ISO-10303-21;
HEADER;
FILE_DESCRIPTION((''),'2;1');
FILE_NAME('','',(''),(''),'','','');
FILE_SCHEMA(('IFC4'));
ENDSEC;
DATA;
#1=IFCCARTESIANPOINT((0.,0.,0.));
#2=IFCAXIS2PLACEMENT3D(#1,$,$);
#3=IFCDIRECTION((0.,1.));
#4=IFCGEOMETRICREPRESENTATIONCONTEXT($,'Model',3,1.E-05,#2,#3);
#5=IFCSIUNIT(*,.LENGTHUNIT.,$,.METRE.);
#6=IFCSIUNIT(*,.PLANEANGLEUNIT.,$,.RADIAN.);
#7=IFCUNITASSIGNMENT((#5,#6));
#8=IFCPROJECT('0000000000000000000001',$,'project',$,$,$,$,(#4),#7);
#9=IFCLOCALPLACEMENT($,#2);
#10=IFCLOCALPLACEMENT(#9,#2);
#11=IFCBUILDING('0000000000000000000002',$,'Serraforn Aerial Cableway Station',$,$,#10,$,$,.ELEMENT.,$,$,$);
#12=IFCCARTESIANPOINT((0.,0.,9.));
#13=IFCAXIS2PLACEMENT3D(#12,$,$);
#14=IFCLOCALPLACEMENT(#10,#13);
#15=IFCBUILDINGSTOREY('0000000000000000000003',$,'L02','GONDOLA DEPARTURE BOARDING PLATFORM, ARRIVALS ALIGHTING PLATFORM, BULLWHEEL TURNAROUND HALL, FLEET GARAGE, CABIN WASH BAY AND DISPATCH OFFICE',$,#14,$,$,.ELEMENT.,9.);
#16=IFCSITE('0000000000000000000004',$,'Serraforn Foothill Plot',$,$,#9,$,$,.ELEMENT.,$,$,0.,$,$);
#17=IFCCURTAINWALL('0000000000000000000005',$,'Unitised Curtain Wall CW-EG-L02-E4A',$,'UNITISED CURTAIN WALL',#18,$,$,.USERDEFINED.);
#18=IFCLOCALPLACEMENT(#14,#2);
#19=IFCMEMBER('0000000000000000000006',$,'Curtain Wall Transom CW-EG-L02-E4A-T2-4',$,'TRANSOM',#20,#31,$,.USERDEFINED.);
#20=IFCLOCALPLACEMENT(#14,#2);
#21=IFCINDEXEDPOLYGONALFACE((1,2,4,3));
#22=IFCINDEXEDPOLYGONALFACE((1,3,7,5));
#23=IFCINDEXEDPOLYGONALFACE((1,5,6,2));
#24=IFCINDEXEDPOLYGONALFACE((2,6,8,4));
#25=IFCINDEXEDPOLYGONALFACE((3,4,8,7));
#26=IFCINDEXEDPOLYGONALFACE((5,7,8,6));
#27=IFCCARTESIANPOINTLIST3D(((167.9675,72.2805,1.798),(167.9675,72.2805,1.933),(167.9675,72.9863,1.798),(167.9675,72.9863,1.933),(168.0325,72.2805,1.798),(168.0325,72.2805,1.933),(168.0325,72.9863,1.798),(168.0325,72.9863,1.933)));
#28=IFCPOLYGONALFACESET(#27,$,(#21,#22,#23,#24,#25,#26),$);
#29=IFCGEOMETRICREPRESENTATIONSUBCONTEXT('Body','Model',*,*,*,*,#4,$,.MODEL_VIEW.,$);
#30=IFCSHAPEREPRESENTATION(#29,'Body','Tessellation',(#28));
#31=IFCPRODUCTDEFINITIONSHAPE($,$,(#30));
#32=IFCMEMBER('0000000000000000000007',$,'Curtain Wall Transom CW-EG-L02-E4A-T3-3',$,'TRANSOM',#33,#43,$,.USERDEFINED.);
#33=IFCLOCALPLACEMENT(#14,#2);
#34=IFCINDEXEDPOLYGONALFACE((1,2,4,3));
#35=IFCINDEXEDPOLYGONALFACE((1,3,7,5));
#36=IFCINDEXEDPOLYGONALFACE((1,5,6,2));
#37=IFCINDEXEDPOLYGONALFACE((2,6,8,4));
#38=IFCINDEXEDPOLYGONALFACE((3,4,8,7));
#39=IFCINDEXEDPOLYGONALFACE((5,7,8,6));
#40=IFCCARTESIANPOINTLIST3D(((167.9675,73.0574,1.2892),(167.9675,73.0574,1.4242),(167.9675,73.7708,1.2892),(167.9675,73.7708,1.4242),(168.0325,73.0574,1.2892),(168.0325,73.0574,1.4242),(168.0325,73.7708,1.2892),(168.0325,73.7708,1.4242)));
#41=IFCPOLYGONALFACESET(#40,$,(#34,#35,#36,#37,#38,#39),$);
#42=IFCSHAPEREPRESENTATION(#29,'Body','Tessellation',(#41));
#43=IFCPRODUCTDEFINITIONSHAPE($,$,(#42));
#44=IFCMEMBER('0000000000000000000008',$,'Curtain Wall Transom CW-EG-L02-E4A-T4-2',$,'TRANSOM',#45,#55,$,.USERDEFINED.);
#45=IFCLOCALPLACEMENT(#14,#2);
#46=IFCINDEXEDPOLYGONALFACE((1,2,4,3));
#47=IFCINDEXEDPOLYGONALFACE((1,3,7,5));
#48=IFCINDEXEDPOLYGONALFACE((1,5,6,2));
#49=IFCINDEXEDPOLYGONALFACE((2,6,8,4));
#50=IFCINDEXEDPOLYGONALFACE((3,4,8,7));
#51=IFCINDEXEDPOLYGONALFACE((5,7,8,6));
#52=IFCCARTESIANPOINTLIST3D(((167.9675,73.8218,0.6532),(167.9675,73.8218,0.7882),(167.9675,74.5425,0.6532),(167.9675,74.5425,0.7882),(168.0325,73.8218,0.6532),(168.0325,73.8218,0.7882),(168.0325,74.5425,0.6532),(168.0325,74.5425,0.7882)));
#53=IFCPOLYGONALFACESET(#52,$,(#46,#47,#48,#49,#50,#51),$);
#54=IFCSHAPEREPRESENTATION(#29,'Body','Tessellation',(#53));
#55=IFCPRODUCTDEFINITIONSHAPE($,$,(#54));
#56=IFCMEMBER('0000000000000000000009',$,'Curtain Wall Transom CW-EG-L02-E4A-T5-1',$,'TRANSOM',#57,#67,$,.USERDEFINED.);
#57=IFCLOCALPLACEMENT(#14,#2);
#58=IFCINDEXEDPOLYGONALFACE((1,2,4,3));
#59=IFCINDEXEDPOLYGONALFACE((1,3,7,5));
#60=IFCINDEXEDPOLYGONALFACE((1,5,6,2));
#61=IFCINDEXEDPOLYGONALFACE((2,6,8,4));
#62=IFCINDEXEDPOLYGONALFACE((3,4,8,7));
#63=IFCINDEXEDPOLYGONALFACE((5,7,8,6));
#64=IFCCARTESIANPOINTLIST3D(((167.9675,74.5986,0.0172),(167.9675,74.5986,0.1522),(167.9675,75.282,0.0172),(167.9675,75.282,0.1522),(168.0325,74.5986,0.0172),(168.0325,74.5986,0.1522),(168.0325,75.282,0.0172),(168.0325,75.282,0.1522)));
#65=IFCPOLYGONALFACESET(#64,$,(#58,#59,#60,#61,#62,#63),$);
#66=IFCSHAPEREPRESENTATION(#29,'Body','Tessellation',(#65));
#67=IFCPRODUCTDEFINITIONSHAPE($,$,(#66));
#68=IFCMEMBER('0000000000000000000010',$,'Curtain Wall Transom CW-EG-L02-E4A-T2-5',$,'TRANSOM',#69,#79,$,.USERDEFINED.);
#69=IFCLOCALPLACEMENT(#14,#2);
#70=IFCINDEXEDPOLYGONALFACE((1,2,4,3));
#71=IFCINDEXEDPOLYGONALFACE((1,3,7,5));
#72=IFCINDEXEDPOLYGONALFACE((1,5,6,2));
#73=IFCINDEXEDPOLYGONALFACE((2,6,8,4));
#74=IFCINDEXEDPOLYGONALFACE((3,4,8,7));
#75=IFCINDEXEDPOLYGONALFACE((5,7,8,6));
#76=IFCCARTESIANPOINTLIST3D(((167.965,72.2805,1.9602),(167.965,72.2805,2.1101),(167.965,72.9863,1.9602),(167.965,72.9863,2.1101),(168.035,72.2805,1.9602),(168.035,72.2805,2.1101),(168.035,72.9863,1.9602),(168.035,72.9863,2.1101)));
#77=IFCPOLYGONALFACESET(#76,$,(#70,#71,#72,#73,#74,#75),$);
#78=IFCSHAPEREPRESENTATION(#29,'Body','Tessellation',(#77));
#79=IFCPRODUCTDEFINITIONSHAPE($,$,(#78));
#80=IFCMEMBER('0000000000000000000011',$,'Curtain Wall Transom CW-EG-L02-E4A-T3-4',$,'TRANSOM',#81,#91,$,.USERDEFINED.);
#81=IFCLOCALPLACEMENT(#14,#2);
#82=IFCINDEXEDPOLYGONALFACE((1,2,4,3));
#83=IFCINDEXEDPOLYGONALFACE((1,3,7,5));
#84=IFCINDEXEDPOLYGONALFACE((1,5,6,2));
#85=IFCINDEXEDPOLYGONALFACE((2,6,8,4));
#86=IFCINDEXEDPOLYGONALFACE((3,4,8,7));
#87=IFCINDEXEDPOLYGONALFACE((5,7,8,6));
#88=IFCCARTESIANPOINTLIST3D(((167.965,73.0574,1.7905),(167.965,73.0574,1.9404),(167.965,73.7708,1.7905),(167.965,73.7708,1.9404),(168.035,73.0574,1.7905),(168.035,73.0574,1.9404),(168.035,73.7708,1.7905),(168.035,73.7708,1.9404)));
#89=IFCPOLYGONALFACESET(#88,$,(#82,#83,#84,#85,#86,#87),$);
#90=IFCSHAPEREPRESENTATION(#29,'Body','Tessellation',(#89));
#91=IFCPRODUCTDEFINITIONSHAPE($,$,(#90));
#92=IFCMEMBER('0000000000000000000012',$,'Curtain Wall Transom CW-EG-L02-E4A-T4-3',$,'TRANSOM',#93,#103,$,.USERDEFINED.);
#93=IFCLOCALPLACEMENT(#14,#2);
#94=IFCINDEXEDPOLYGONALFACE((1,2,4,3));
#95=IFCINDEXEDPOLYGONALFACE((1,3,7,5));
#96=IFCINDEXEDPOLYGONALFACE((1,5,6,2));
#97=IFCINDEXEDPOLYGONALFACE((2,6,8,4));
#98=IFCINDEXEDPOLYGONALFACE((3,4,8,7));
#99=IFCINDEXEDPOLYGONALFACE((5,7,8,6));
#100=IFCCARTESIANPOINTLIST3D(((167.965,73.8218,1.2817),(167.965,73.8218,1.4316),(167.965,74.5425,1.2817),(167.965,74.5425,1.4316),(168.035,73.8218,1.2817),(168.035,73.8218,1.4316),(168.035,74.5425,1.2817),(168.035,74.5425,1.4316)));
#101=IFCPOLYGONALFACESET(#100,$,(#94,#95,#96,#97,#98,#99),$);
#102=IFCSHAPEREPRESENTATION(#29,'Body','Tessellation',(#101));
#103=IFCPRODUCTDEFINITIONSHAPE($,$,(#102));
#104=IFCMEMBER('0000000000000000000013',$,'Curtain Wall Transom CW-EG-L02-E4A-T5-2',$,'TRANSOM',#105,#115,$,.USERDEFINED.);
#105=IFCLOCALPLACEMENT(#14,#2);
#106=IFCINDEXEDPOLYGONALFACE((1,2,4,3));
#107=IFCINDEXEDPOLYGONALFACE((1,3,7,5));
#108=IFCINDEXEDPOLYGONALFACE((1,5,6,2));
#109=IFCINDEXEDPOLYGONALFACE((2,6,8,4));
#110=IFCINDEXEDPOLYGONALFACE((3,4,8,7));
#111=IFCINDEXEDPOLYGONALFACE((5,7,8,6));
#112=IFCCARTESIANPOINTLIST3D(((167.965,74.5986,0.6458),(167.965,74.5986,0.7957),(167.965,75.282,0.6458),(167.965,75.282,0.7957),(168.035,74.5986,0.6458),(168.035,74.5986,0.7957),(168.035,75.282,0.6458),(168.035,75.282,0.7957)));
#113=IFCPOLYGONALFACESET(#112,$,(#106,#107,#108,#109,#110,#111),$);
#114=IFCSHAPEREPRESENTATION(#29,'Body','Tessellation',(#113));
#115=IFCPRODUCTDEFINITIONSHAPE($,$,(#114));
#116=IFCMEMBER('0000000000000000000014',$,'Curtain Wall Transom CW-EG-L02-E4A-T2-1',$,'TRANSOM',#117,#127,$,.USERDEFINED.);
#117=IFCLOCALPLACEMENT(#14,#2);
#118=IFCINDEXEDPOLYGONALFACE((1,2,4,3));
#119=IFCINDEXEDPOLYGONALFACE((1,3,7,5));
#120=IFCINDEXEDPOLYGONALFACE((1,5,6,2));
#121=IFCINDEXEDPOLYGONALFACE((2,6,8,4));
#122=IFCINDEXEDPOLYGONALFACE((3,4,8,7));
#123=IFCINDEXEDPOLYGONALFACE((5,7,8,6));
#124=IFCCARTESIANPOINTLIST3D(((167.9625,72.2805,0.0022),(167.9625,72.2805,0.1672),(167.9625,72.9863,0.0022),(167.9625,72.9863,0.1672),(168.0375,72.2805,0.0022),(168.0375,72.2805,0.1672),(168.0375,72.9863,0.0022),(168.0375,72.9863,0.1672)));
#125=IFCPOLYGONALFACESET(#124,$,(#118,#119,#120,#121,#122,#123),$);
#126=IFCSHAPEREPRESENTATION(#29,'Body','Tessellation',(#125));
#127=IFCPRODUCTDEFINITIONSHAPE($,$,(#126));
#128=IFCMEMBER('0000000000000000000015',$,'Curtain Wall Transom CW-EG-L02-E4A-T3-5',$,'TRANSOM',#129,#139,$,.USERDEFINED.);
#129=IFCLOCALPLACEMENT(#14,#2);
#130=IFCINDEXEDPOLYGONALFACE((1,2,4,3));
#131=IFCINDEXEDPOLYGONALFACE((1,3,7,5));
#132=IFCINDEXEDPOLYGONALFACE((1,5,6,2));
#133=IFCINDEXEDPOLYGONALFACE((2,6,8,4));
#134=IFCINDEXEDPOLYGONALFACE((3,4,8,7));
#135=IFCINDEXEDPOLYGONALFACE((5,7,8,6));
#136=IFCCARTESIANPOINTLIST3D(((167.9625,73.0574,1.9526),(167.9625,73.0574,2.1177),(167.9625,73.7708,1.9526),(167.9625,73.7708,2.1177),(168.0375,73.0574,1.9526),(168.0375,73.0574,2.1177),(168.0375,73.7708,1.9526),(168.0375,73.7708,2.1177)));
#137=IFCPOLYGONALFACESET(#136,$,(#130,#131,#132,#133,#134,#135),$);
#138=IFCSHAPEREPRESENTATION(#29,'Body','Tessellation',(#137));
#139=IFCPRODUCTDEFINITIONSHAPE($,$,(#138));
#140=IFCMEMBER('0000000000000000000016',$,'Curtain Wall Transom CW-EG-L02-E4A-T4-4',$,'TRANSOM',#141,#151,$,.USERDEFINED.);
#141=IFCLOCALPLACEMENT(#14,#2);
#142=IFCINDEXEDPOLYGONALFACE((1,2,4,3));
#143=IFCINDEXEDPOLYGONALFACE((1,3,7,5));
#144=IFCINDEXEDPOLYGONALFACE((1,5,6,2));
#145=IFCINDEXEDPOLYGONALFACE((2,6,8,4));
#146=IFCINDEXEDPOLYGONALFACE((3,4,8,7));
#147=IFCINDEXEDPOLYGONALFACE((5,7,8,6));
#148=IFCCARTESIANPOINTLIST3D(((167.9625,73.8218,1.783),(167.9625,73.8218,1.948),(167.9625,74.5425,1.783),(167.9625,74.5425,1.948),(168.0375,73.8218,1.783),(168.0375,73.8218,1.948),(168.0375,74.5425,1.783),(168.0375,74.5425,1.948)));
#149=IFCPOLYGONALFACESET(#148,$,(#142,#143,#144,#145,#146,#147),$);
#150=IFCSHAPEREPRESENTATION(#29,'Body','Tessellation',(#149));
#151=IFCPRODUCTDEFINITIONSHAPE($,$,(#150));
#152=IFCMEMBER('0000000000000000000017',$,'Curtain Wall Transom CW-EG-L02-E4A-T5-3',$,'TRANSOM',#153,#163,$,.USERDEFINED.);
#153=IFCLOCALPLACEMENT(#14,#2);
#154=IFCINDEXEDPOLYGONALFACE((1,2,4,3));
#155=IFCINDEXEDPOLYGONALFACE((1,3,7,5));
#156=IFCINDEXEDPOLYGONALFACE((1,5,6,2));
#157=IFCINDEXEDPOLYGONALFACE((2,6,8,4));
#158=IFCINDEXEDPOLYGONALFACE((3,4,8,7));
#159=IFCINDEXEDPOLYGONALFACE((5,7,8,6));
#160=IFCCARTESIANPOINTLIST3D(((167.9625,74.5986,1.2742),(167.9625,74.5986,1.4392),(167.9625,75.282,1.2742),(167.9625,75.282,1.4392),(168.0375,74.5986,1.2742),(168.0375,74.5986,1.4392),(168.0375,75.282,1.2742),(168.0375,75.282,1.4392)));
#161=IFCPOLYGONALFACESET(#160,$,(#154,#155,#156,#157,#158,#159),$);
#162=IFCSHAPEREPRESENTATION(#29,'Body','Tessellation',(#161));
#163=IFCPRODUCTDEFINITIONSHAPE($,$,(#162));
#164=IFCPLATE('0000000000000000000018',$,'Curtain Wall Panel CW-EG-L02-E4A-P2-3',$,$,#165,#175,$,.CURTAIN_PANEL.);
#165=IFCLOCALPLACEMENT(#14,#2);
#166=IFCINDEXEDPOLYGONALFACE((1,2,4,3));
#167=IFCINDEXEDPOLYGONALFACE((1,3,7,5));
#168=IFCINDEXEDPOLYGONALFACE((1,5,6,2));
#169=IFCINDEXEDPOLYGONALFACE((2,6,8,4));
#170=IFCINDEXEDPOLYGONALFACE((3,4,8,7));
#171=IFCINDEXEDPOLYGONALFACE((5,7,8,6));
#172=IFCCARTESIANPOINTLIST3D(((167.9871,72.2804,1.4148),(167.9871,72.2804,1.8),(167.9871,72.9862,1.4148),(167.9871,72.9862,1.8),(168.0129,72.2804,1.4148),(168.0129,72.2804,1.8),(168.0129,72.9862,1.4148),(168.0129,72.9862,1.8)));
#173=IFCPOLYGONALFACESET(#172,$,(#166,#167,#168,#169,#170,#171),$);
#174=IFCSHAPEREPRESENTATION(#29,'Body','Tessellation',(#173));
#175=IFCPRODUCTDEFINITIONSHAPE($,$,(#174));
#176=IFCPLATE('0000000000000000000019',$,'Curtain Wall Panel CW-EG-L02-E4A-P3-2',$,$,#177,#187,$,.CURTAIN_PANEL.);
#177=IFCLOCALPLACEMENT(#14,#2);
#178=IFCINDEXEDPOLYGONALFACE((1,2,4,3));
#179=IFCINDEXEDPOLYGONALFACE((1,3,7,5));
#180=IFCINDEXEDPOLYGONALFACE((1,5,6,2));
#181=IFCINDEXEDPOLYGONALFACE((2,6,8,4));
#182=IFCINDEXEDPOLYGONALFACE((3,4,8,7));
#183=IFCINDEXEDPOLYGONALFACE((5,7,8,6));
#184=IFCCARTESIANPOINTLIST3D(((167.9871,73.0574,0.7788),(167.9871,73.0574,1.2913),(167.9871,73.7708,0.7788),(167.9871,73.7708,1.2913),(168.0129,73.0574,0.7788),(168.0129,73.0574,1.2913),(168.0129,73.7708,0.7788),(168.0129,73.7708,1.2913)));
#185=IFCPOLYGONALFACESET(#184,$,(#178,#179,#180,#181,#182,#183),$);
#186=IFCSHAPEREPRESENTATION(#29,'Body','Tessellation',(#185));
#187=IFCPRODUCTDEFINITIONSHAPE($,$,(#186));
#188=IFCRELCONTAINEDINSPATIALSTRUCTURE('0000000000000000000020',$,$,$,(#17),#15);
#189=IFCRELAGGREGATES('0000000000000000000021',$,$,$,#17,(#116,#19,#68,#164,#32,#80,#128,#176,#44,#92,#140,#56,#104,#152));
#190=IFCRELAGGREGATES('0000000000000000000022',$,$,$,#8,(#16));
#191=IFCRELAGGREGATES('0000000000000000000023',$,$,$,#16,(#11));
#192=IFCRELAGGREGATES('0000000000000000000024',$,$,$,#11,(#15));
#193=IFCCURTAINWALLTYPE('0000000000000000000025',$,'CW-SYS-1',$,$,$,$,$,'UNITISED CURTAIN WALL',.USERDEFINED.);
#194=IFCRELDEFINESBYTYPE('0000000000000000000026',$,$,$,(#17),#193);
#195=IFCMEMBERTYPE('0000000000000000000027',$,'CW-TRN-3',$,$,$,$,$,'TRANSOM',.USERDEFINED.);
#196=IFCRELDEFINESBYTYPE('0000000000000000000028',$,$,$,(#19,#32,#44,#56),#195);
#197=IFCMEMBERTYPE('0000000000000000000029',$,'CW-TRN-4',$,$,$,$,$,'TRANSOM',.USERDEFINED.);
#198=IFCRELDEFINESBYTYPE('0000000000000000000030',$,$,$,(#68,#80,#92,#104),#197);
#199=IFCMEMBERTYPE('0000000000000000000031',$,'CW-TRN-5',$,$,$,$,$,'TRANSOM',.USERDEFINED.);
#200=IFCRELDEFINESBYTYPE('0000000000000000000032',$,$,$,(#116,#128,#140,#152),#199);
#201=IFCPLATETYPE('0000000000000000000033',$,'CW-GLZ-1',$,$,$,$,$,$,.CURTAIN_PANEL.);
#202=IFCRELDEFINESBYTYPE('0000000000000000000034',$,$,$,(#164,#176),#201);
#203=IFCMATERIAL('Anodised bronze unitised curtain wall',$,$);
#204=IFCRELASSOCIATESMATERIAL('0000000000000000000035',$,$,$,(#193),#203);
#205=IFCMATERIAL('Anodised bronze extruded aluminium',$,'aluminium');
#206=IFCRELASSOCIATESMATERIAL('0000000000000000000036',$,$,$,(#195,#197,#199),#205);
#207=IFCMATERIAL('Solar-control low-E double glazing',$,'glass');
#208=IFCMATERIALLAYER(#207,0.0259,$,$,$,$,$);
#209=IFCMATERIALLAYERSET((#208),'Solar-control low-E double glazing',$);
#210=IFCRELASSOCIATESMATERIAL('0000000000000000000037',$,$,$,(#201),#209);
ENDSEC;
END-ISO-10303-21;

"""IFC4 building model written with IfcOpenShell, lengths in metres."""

from ifc_helpers import new_model, si_unit, direction, frame, origin, origin_2d, place, context, subcontext, project, spatial, rectangle, extrude, material, layer, layer_set, material_profile, profile_set, type_object, element, aggregate, save


model = new_model("IFC4")

# Units and contexts
model_context = context("Model", 3, precision=1e-05, world=origin(), true_north=direction((0.0, 1.0)))
body_context = subcontext(model_context, "Body", "Model", "MODEL_VIEW")
ifc_project = project(units=[si_unit("LENGTHUNIT", "METRE"), si_unit("PLANEANGLEUNIT", "RADIAN")], contexts=[model_context])

# Site, building, storey
site_placement = place(None, origin())
site = spatial("IfcSite", under=ifc_project, at=site_placement, Name="Serraforn Foothill Plot", CompositionType="ELEMENT", RefElevation=0.0)
building_placement = place(site_placement, origin())
building = spatial("IfcBuilding", under=site, at=building_placement, Name="Serraforn Aerial Cableway Station", CompositionType="ELEMENT")
storey_placement = place(building_placement, frame((0.0, 0.0, 9.0)))
storey = spatial("IfcBuildingStorey", under=building, at=storey_placement, Name="L02", Description="GONDOLA DEPARTURE BOARDING PLATFORM, ARRIVALS ALIGHTING PLATFORM, BULLWHEEL TURNAROUND HALL, FLEET GARAGE, CABIN WASH BAY AND DISPATCH OFFICE", CompositionType="ELEMENT", Elevation=9.0)

# Curtain wall, members, plates
ifc_material_1 = material(Name="Anodised bronze unitised curtain wall")
curtain_wall_type = type_object("IfcCurtainWallType", Name="CW-SYS-1", ElementType="UNITISED CURTAIN WALL", PredefinedType="USERDEFINED", material=ifc_material_1)
curtain_wall_placement = place(storey_placement, origin())
curtain_wall = element("IfcCurtainWall", 1, at=curtain_wall_placement, inside=storey, type_object=curtain_wall_type, Name="Unitised Curtain Wall CW-EG-L02-E4A", ObjectType="UNITISED CURTAIN WALL", PredefinedType="USERDEFINED")
ifc_material_2 = material(Name="Anodised bronze extruded aluminium", Category="aluminium")
ifc_material_profile_1 = material_profile(ifc_material_2, rectangle(XDim=0.0649, YDim=0.135, at=origin_2d()), Name="CW TRANSOM 65x135")
ifc_profile_set_1 = profile_set([ifc_material_profile_1], Name="Anodised bronze extruded aluminium")
member_type_1 = type_object("IfcMemberType", Name="CW-TRN-3", ElementType="TRANSOM", PredefinedType="USERDEFINED", material=ifc_profile_set_1)
member_1_placement = place(storey_placement, frame((168.0, 72.2805, 1.8655), z_axis=(0.0, 1.0, 0.0), x_axis=(-1.0, 0.0, 0.0)))
member_1 = element("IfcMember", 2, at=member_1_placement, type_object=member_type_1, Name="Curtain Wall Transom CW-EG-L02-E4A-T2-4", ObjectType="TRANSOM", PredefinedType="USERDEFINED", context=body_context, shape_type="SweptSolid", body=[
    extrude(rectangle(XDim=0.0649, YDim=0.135, at=origin_2d()), origin(), (0.0, 0.0, 1.0), 0.7058),
])
member_2_placement = place(storey_placement, frame((168.0, 73.0574, 1.3567), z_axis=(0.0, 1.0, 0.0), x_axis=(-1.0, 0.0, 0.0)))
member_2 = element("IfcMember", 3, at=member_2_placement, type_object=member_type_1, Name="Curtain Wall Transom CW-EG-L02-E4A-T3-3", ObjectType="TRANSOM", PredefinedType="USERDEFINED", context=body_context, shape_type="SweptSolid", body=[
    extrude(rectangle(XDim=0.0649, YDim=0.135, at=origin_2d()), origin(), (0.0, 0.0, 1.0), 0.7134),
])
member_3_placement = place(storey_placement, frame((168.0, 73.8218, 0.7207), z_axis=(0.0, 1.0, 0.0), x_axis=(-1.0, 0.0, 0.0)))
member_3 = element("IfcMember", 4, at=member_3_placement, type_object=member_type_1, Name="Curtain Wall Transom CW-EG-L02-E4A-T4-2", ObjectType="TRANSOM", PredefinedType="USERDEFINED", context=body_context, shape_type="SweptSolid", body=[
    extrude(rectangle(XDim=0.0649, YDim=0.135, at=origin_2d()), origin(), (0.0, 0.0, 1.0), 0.7207),
])
member_4_placement = place(storey_placement, frame((168.0, 74.5986, 0.0847), z_axis=(0.0, 1.0, 0.0), x_axis=(-1.0, 0.0, 0.0)))
member_4 = element("IfcMember", 5, at=member_4_placement, type_object=member_type_1, Name="Curtain Wall Transom CW-EG-L02-E4A-T5-1", ObjectType="TRANSOM", PredefinedType="USERDEFINED", context=body_context, shape_type="SweptSolid", body=[
    extrude(rectangle(XDim=0.0649, YDim=0.135, at=origin_2d()), origin(), (0.0, 0.0, 1.0), 0.6833),
])
ifc_material_profile_2 = material_profile(ifc_material_2, rectangle(XDim=0.0701, YDim=0.1499, at=origin_2d()), Name="CW TRANSOM 70x150")
ifc_profile_set_2 = profile_set([ifc_material_profile_2], Name="Anodised bronze extruded aluminium")
member_type_2 = type_object("IfcMemberType", Name="CW-TRN-4", ElementType="TRANSOM", PredefinedType="USERDEFINED", material=ifc_profile_set_2)
member_5_placement = place(storey_placement, frame((168.0, 72.2805, 2.0352), z_axis=(0.0, 1.0, 0.0), x_axis=(-1.0, 0.0, 0.0)))
member_5 = element("IfcMember", 6, at=member_5_placement, type_object=member_type_2, Name="Curtain Wall Transom CW-EG-L02-E4A-T2-5", ObjectType="TRANSOM", PredefinedType="USERDEFINED", context=body_context, shape_type="SweptSolid", body=[
    extrude(rectangle(XDim=0.0701, YDim=0.1499, at=origin_2d()), origin(), (0.0, 0.0, 1.0), 0.7058),
])
member_6_placement = place(storey_placement, frame((168.0, 73.0574, 1.8655), z_axis=(0.0, 1.0, 0.0), x_axis=(-1.0, 0.0, 0.0)))
member_6 = element("IfcMember", 7, at=member_6_placement, type_object=member_type_2, Name="Curtain Wall Transom CW-EG-L02-E4A-T3-4", ObjectType="TRANSOM", PredefinedType="USERDEFINED", context=body_context, shape_type="SweptSolid", body=[
    extrude(rectangle(XDim=0.0701, YDim=0.1499, at=origin_2d()), origin(), (0.0, 0.0, 1.0), 0.7134),
])
member_7_placement = place(storey_placement, frame((168.0, 73.8218, 1.3567), z_axis=(0.0, 1.0, 0.0), x_axis=(-1.0, 0.0, 0.0)))
member_7 = element("IfcMember", 8, at=member_7_placement, type_object=member_type_2, Name="Curtain Wall Transom CW-EG-L02-E4A-T4-3", ObjectType="TRANSOM", PredefinedType="USERDEFINED", context=body_context, shape_type="SweptSolid", body=[
    extrude(rectangle(XDim=0.0701, YDim=0.1499, at=origin_2d()), origin(), (0.0, 0.0, 1.0), 0.7207),
])
member_8_placement = place(storey_placement, frame((168.0, 74.5986, 0.7207), z_axis=(0.0, 1.0, 0.0), x_axis=(-1.0, 0.0, 0.0)))
member_8 = element("IfcMember", 9, at=member_8_placement, type_object=member_type_2, Name="Curtain Wall Transom CW-EG-L02-E4A-T5-2", ObjectType="TRANSOM", PredefinedType="USERDEFINED", context=body_context, shape_type="SweptSolid", body=[
    extrude(rectangle(XDim=0.0701, YDim=0.1499, at=origin_2d()), origin(), (0.0, 0.0, 1.0), 0.6833),
])
ifc_material_profile_3 = material_profile(ifc_material_2, rectangle(XDim=0.075, YDim=0.165, at=origin_2d()), Name="CW TRANSOM 75x165")
ifc_profile_set_3 = profile_set([ifc_material_profile_3], Name="Anodised bronze extruded aluminium")
member_type_3 = type_object("IfcMemberType", Name="CW-TRN-5", ElementType="TRANSOM", PredefinedType="USERDEFINED", material=ifc_profile_set_3)
member_9_placement = place(storey_placement, frame((168.0, 72.2805, 0.0847), z_axis=(0.0, 1.0, 0.0), x_axis=(-1.0, 0.0, 0.0)))
member_9 = element("IfcMember", 10, at=member_9_placement, type_object=member_type_3, Name="Curtain Wall Transom CW-EG-L02-E4A-T2-1", ObjectType="TRANSOM", PredefinedType="USERDEFINED", context=body_context, shape_type="SweptSolid", body=[
    extrude(rectangle(XDim=0.075, YDim=0.165, at=origin_2d()), origin(), (0.0, 0.0, 1.0), 0.7058),
])
member_10_placement = place(storey_placement, frame((168.0, 73.0574, 2.0352), z_axis=(0.0, 1.0, 0.0), x_axis=(-1.0, 0.0, 0.0)))
member_10 = element("IfcMember", 11, at=member_10_placement, type_object=member_type_3, Name="Curtain Wall Transom CW-EG-L02-E4A-T3-5", ObjectType="TRANSOM", PredefinedType="USERDEFINED", context=body_context, shape_type="SweptSolid", body=[
    extrude(rectangle(XDim=0.075, YDim=0.165, at=origin_2d()), origin(), (0.0, 0.0, 1.0), 0.7134),
])
member_11_placement = place(storey_placement, frame((168.0, 73.8218, 1.8655), z_axis=(0.0, 1.0, 0.0), x_axis=(-1.0, 0.0, 0.0)))
member_11 = element("IfcMember", 12, at=member_11_placement, type_object=member_type_3, Name="Curtain Wall Transom CW-EG-L02-E4A-T4-4", ObjectType="TRANSOM", PredefinedType="USERDEFINED", context=body_context, shape_type="SweptSolid", body=[
    extrude(rectangle(XDim=0.075, YDim=0.165, at=origin_2d()), origin(), (0.0, 0.0, 1.0), 0.7207),
])
member_12_placement = place(storey_placement, frame((168.0, 74.5986, 1.3567), z_axis=(0.0, 1.0, 0.0), x_axis=(-1.0, 0.0, 0.0)))
member_12 = element("IfcMember", 13, at=member_12_placement, type_object=member_type_3, Name="Curtain Wall Transom CW-EG-L02-E4A-T5-3", ObjectType="TRANSOM", PredefinedType="USERDEFINED", context=body_context, shape_type="SweptSolid", body=[
    extrude(rectangle(XDim=0.075, YDim=0.165, at=origin_2d()), origin(), (0.0, 0.0, 1.0), 0.6833),
])
ifc_material_3 = material(Name="Solar-control low-E double glazing", Category="glass")
ifc_layer_1 = layer(ifc_material_3, 0.0259)
ifc_layer_set_1 = layer_set([ifc_layer_1], Name="Solar-control low-E double glazing")
plate_type_1 = type_object("IfcPlateType", Name="CW-GLZ-1", PredefinedType="CURTAIN_PANEL", material=ifc_layer_set_1)
plate_1_placement = place(storey_placement, frame((168.0, 72.6333, 1.4148), z_axis=(0.0, 0.0, 1.0), x_axis=(1.0, 0.0, 0.0)))
plate_1 = element("IfcPlate", 14, at=plate_1_placement, type_object=plate_type_1, Name="Curtain Wall Panel CW-EG-L02-E4A-P2-3", PredefinedType="CURTAIN_PANEL", context=body_context, shape_type="SweptSolid", body=[
    extrude(rectangle(XDim=0.0259, YDim=0.7058, at=origin_2d()), origin(), (0.0, 0.0, 1.0), 0.3853),
])
plate_2_placement = place(storey_placement, frame((168.0, 73.4141, 0.7788), z_axis=(0.0, 0.0, 1.0), x_axis=(1.0, 0.0, 0.0)))
plate_2 = element("IfcPlate", 15, at=plate_2_placement, type_object=plate_type_1, Name="Curtain Wall Panel CW-EG-L02-E4A-P3-2", PredefinedType="CURTAIN_PANEL", context=body_context, shape_type="SweptSolid", body=[
    extrude(rectangle(XDim=0.0259, YDim=0.7134, at=origin_2d()), origin(), (0.0, 0.0, 1.0), 0.5125),
])
aggregate(curtain_wall, [member_9, member_1, member_5, plate_1, member_2, member_6, member_10, plate_2, member_3, member_7, member_11, member_4, member_8, member_12])

save(model, "model.ifc")
